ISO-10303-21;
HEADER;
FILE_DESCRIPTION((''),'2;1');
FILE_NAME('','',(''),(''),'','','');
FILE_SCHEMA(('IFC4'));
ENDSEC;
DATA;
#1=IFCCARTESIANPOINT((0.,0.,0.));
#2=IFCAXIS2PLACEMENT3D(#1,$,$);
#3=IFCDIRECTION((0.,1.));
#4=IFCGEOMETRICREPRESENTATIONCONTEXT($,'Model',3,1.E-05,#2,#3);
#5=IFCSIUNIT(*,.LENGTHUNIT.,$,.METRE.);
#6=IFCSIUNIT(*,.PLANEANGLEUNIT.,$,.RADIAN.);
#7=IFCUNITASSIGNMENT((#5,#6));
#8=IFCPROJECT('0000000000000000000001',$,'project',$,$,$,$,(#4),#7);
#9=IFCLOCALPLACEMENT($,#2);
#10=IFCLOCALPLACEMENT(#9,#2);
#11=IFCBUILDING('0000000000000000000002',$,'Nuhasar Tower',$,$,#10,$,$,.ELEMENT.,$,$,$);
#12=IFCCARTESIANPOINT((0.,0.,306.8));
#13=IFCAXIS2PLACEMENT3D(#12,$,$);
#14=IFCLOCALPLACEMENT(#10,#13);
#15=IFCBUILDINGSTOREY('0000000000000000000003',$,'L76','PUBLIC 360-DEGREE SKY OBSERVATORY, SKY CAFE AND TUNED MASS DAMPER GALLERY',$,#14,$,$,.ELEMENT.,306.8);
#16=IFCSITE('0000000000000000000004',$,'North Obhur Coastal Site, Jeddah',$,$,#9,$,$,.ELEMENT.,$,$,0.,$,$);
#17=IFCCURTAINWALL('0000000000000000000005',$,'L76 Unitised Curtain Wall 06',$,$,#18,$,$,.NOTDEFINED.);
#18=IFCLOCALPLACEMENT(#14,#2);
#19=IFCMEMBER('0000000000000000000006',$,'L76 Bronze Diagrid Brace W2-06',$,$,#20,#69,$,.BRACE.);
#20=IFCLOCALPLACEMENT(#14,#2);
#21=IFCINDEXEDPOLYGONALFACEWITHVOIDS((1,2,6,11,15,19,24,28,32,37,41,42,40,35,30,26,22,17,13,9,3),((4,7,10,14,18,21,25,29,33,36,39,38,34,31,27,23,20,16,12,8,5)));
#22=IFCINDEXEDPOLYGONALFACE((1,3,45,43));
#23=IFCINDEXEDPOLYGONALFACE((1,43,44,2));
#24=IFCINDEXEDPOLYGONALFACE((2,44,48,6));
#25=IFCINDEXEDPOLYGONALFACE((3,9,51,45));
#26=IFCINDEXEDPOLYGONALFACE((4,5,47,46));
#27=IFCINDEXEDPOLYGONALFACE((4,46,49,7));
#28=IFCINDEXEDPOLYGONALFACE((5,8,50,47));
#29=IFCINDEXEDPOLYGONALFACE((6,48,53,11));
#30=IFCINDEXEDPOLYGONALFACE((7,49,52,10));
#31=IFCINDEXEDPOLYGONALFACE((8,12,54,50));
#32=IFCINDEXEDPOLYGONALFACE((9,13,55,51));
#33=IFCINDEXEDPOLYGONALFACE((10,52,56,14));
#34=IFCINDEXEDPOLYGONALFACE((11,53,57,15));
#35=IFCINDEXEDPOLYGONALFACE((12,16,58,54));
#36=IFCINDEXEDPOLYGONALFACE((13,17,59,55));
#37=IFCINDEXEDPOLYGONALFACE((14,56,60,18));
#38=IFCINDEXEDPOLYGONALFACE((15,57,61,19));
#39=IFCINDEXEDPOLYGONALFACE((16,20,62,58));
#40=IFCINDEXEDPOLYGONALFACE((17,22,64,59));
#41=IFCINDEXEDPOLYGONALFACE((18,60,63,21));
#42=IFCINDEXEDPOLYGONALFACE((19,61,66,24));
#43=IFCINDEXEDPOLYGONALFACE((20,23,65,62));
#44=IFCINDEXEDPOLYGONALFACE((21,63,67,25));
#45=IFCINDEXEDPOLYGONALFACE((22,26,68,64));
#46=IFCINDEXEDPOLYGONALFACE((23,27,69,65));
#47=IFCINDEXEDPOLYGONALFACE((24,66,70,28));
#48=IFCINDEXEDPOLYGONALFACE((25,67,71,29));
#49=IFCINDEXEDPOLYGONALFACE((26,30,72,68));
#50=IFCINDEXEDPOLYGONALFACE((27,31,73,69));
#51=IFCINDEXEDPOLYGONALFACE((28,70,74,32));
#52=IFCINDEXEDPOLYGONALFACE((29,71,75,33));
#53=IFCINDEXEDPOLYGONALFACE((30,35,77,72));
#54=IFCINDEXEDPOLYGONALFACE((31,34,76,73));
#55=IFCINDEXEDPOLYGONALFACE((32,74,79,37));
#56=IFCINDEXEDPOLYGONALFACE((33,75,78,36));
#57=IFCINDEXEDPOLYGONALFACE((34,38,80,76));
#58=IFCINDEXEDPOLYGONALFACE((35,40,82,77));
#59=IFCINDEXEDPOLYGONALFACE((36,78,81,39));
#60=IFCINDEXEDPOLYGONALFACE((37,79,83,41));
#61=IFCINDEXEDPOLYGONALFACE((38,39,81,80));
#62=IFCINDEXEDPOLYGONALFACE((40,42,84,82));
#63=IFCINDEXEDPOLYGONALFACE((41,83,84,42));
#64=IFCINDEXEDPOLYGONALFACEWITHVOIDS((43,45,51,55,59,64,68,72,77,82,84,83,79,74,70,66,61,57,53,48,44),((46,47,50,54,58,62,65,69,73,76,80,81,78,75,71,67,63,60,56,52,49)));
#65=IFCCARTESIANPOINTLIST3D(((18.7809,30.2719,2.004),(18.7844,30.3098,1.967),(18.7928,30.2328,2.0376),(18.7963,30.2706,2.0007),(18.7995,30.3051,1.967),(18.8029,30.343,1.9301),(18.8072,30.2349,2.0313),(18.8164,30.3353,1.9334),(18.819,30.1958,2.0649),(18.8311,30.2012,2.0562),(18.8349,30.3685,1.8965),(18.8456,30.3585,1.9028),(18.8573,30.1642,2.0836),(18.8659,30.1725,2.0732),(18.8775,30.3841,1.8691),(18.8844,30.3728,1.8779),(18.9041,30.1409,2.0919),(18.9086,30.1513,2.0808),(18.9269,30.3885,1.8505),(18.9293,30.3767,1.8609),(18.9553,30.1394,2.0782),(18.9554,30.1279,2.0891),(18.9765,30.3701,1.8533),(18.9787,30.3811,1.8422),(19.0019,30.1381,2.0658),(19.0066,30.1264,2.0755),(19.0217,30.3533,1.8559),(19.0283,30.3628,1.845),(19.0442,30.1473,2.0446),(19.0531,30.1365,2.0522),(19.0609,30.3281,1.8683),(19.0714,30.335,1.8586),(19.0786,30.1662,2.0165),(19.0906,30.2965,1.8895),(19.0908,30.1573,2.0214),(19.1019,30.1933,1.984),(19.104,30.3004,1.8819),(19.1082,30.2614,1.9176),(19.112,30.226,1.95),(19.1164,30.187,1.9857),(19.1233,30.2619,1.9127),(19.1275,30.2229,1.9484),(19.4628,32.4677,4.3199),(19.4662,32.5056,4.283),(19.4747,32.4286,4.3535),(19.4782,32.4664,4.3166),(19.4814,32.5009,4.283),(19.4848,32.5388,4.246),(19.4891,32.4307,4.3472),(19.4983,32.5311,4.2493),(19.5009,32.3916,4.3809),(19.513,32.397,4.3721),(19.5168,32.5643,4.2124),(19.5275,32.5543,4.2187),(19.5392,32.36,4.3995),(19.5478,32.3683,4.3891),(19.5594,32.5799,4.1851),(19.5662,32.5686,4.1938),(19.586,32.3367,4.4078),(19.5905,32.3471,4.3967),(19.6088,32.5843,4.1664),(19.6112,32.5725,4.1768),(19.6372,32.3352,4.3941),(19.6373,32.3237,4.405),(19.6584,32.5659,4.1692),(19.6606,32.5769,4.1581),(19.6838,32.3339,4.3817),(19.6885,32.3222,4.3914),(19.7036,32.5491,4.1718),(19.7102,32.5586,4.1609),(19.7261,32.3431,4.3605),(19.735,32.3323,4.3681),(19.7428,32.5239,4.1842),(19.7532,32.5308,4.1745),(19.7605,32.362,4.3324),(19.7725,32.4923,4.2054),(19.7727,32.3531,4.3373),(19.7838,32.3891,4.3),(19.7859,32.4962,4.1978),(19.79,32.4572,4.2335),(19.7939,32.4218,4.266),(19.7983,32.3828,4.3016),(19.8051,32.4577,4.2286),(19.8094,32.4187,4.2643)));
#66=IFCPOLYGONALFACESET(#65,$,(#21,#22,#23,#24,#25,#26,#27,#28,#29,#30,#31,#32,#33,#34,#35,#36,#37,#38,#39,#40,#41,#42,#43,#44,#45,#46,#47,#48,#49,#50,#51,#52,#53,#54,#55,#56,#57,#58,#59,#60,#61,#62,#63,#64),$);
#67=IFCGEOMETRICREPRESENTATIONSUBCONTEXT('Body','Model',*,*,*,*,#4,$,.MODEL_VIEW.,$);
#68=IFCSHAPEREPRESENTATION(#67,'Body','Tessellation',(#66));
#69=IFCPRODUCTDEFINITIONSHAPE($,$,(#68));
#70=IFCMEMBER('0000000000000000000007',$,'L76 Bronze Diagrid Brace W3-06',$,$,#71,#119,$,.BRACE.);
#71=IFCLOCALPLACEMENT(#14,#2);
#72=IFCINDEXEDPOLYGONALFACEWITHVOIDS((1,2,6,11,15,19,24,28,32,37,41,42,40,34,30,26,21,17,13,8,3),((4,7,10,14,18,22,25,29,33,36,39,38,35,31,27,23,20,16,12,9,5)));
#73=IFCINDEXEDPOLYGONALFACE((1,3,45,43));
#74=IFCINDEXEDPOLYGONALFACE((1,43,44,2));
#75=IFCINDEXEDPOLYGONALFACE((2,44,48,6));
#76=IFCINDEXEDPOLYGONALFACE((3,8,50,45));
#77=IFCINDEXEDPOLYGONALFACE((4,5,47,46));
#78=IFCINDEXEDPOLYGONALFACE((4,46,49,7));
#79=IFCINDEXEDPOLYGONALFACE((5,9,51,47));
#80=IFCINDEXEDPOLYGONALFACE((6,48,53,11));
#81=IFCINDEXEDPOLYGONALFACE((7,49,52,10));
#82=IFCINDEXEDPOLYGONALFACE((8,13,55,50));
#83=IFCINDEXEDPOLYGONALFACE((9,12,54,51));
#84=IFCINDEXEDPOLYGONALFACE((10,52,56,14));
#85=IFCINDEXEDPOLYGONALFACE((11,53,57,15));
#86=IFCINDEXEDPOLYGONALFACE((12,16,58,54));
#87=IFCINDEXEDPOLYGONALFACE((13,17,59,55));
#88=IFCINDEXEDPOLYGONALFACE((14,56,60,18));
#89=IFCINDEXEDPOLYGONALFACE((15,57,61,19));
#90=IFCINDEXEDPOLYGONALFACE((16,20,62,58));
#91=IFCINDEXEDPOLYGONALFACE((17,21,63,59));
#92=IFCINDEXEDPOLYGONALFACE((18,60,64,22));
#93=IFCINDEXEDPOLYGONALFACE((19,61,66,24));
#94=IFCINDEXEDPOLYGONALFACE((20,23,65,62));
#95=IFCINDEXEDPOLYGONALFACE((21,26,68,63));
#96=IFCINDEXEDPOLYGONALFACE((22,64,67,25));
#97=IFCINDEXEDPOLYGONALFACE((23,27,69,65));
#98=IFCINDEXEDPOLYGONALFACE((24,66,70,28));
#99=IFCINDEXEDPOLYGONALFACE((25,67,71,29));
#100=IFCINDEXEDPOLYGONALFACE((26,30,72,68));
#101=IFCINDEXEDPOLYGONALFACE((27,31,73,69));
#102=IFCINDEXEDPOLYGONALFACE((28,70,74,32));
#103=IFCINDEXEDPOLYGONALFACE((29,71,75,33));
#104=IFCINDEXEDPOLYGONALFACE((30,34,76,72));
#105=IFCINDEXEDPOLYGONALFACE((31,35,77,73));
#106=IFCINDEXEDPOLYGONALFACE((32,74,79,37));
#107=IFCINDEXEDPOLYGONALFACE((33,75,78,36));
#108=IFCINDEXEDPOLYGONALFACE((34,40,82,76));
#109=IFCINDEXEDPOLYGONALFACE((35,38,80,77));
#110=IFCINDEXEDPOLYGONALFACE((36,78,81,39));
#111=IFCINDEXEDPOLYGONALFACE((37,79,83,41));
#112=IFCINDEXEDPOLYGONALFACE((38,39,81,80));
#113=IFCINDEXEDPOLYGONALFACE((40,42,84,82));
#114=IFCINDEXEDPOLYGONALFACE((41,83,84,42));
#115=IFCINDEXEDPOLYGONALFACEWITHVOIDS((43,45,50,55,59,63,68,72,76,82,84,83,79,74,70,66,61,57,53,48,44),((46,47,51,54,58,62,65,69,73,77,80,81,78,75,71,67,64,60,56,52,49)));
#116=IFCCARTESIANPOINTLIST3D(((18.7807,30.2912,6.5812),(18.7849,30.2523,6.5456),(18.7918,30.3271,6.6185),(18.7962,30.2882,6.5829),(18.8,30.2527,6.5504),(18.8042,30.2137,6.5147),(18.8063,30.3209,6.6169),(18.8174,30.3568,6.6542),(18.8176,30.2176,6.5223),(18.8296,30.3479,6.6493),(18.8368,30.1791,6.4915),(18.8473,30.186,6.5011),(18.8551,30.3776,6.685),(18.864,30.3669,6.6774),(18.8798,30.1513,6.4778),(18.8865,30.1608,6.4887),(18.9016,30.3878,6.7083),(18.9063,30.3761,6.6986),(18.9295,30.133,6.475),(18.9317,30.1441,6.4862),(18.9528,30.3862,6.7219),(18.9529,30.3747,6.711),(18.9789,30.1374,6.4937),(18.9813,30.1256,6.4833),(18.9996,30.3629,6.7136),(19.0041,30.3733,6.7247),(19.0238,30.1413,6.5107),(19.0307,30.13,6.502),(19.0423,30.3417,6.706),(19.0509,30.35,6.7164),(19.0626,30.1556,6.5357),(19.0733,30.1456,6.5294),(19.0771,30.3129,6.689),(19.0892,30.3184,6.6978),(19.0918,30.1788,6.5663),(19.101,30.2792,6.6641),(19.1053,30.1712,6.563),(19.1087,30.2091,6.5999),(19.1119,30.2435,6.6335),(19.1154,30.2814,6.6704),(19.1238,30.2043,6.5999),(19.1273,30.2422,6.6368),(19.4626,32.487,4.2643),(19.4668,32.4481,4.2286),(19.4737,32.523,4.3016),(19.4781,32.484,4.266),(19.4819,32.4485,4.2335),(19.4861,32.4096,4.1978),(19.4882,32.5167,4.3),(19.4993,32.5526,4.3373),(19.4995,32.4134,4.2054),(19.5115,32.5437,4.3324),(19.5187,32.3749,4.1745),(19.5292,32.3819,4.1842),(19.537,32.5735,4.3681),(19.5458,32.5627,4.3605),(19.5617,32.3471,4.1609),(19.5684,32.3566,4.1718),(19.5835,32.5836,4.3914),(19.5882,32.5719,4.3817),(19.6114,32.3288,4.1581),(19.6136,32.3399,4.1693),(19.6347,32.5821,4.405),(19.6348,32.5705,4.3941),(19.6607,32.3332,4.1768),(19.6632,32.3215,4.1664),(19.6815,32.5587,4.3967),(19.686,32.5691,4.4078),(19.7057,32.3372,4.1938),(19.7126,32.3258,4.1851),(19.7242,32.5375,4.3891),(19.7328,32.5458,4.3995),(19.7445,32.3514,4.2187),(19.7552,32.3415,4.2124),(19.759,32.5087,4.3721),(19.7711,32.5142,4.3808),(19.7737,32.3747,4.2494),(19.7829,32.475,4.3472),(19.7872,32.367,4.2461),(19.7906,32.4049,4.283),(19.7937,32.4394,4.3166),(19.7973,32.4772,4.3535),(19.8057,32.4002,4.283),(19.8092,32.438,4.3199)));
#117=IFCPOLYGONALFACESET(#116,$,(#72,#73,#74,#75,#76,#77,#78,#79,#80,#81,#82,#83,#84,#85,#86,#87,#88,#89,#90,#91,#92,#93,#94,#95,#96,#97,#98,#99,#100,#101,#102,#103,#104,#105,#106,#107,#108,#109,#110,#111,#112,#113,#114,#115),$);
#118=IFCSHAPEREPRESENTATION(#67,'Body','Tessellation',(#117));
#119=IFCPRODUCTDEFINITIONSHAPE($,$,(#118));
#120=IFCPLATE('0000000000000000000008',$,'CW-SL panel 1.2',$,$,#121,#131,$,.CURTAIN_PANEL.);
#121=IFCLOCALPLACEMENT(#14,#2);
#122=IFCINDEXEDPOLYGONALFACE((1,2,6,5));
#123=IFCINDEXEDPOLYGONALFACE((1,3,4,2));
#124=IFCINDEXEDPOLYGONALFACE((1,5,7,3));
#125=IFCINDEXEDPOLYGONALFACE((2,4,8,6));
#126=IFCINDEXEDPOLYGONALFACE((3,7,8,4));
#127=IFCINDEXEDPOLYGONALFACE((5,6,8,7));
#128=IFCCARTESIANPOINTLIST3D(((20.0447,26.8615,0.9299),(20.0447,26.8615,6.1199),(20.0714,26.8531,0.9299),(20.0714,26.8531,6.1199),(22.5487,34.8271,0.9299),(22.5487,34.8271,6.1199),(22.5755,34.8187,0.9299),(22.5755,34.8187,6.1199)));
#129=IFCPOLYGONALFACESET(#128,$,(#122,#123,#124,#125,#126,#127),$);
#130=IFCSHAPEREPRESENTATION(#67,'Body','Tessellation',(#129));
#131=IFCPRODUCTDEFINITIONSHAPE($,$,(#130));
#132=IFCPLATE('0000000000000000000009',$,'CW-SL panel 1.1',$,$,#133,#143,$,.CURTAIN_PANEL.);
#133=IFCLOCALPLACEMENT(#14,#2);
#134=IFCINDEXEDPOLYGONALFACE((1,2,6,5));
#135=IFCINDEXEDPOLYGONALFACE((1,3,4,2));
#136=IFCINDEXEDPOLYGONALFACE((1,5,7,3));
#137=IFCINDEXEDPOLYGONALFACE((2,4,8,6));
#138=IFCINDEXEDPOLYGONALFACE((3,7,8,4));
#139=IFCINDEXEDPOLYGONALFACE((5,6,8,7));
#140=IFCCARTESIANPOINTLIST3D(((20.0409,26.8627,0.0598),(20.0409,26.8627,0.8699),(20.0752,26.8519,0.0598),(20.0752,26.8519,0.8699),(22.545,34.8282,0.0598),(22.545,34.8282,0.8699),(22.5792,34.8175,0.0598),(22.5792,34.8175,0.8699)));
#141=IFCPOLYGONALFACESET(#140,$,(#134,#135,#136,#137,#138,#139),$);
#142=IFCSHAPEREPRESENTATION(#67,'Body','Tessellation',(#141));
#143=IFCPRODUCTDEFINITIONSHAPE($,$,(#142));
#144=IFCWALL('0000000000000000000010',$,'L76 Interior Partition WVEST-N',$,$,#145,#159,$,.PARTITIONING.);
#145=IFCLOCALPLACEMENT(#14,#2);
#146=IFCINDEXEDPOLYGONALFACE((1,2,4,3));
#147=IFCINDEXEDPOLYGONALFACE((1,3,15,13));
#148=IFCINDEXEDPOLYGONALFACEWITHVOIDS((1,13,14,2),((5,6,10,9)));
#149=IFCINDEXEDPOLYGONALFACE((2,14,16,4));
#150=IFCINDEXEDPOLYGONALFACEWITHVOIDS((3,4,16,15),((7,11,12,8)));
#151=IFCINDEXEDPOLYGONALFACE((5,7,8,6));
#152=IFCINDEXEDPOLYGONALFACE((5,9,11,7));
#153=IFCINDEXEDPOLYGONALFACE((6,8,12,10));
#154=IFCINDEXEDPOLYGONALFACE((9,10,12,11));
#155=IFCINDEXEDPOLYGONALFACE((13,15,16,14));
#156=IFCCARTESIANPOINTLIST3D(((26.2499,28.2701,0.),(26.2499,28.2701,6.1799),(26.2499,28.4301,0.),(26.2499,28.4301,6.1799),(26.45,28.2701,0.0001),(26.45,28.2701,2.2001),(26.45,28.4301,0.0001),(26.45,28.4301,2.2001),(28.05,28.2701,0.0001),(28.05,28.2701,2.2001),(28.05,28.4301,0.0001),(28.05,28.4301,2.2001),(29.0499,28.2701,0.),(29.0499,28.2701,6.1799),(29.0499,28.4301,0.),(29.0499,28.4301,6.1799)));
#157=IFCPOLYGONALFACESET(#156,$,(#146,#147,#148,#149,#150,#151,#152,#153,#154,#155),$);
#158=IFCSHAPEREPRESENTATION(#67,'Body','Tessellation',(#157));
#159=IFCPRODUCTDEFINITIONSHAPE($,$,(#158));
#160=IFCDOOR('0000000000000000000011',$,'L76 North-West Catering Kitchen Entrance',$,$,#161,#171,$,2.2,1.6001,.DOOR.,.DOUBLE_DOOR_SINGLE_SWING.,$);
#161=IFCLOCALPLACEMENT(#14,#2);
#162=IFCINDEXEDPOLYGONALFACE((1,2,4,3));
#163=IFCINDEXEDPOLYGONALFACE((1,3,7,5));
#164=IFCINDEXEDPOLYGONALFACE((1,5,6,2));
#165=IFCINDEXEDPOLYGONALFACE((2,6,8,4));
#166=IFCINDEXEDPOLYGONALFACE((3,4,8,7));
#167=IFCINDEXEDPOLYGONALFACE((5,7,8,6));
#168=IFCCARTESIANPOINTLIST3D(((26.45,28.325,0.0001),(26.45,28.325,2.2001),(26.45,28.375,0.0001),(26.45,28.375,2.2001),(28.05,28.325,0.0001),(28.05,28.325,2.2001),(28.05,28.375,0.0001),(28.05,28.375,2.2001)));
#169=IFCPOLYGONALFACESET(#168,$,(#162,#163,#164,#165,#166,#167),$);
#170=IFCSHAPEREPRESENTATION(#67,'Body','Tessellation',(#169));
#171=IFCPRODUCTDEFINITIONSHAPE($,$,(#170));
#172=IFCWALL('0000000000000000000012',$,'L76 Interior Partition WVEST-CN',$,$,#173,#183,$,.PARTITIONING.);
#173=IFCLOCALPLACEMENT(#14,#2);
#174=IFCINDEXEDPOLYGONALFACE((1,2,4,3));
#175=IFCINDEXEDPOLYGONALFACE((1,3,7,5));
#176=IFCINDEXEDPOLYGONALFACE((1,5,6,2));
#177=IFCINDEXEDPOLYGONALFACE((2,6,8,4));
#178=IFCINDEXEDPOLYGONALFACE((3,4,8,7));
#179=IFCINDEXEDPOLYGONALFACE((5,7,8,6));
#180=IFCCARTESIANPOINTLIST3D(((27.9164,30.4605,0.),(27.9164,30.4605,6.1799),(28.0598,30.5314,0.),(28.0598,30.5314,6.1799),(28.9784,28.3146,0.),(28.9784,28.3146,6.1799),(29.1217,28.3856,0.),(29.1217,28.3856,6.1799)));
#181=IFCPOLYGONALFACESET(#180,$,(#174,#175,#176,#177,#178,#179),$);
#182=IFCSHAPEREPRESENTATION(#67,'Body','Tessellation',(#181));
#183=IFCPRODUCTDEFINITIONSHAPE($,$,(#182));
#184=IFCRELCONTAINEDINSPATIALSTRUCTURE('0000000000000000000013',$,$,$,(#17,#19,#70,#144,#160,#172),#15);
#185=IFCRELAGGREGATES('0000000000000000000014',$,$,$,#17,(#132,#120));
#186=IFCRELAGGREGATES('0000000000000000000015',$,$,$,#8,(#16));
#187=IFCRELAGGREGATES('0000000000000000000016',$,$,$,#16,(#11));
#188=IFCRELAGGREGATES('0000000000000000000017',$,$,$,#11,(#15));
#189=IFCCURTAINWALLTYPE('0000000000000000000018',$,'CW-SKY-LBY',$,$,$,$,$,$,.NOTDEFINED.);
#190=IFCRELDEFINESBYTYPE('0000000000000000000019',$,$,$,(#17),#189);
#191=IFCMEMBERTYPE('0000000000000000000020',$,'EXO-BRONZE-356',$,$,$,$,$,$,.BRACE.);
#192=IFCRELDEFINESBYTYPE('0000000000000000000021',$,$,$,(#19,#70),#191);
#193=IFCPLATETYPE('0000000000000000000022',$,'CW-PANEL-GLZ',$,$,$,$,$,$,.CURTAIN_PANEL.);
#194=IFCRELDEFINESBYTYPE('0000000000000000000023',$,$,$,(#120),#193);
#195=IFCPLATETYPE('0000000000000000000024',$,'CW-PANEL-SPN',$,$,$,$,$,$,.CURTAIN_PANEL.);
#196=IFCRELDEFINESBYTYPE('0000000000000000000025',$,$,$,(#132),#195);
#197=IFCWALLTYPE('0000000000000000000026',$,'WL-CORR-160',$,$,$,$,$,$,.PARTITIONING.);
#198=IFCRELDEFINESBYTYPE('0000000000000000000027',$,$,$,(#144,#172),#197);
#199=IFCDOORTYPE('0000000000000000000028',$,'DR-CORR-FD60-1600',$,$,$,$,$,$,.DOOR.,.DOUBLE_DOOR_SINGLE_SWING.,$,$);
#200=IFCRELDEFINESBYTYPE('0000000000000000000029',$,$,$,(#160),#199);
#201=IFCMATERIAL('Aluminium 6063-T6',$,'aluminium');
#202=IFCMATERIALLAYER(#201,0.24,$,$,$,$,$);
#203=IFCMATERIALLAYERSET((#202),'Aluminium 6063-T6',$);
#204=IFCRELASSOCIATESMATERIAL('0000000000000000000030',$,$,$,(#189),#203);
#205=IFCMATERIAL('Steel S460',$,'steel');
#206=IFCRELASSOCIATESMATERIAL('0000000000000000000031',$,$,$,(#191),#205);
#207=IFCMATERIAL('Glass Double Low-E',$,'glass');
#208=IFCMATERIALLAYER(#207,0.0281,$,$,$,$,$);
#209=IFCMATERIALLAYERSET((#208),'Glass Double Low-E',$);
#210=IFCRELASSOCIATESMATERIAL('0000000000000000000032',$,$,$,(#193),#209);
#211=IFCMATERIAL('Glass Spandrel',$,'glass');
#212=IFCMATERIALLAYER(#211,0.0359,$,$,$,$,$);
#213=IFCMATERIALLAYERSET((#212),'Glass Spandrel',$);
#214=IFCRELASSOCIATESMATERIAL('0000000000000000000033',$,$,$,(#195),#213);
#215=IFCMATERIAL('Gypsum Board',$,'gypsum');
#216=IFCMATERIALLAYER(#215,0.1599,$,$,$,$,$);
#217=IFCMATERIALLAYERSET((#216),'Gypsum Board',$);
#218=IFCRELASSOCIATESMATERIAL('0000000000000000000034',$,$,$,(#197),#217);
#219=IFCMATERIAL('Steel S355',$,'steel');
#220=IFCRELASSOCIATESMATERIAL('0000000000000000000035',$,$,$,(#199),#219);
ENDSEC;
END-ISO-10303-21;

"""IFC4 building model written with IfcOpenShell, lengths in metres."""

from ifc_helpers import new_model, si_unit, direction, frame, frame_2d, origin, origin_2d, place, context, subcontext, project, spatial, rectangle, hollow_circle, extrude, material, layer, layer_set, material_profile, profile_set, type_object, element, fill, aggregate, save


model = new_model("IFC4")

# Units and contexts
model_context = context("Model", 3, precision=1e-05, world=origin(), true_north=direction((0.0, 1.0)))
body_context = subcontext(model_context, "Body", "Model", "MODEL_VIEW")
ifc_project = project(units=[si_unit("LENGTHUNIT", "METRE"), si_unit("PLANEANGLEUNIT", "RADIAN")], contexts=[model_context])

# Site, building, storey
site_placement = place(None, origin())
site = spatial("IfcSite", under=ifc_project, at=site_placement, Name="North Obhur Coastal Site, Jeddah", CompositionType="ELEMENT", RefElevation=0.0)
building_placement = place(site_placement, origin())
building = spatial("IfcBuilding", under=site, at=building_placement, Name="Nuhasar Tower", CompositionType="ELEMENT")
storey_placement = place(building_placement, frame((0.0, 0.0, 306.8)))
storey = spatial("IfcBuildingStorey", under=building, at=storey_placement, Name="L76", Description="PUBLIC 360-DEGREE SKY OBSERVATORY, SKY CAFE AND TUNED MASS DAMPER GALLERY", CompositionType="ELEMENT", Elevation=306.8)

# Shared definitions
ifc_material_1 = material(Name="Steel S460", Category="steel")

# Curtain wall
ifc_material_2 = material(Name="Aluminium 6063-T6", Category="aluminium")
ifc_layer_1 = layer(ifc_material_2, 0.24)
ifc_layer_set_1 = layer_set([ifc_layer_1], Name="Aluminium 6063-T6")
curtain_wall_type = type_object("IfcCurtainWallType", Name="CW-SKY-LBY", PredefinedType="NOTDEFINED", material=ifc_layer_set_1)
curtain_wall_1_placement = place(storey_placement, origin())
curtain_wall_1 = element("IfcCurtainWall", 1, at=curtain_wall_1_placement, inside=storey, type_object=curtain_wall_type, Name="L76 Unitised Curtain Wall 06", PredefinedType="NOTDEFINED")

# Members
ifc_material_profile_1 = material_profile(ifc_material_1, hollow_circle(Radius=0.1777, WallThickness=0.0159, at=origin_2d()), Name="HSS355.6X15.9")
ifc_profile_set_1 = profile_set([ifc_material_profile_1], Name="Steel S460")
member_type_1 = type_object("IfcMemberType", Name="EXO-BRONZE-356", PredefinedType="BRACE", material=ifc_profile_set_1)
member_1_placement = place(storey_placement, frame((18.9541, 30.2571, 1.967), z_axis=(0.208947, 0.67285, 0.709657), x_axis=(-0.955011, 0.29657, 0.0)))
element("IfcMember", 2, at=member_1_placement, inside=storey, type_object=member_type_1, Name="L76 Bronze Diagrid Brace W2-06", PredefinedType="BRACE", context=body_context, shape_type="SweptSolid", body=[
    extrude(hollow_circle(Radius=0.1777, WallThickness=0.0159, at=origin_2d()), origin(), (0.0, 0.0, 1.0), 3.2634),
])
member_2_placement = place(storey_placement, frame((19.636, 32.4529, 4.283), z_axis=(-0.208903, -0.672707, 0.709806), x_axis=(0.955011, -0.29657, 0.0)))
element("IfcMember", 3, at=member_2_placement, inside=storey, type_object=member_type_1, Name="L76 Bronze Diagrid Brace W3-06", PredefinedType="BRACE", context=body_context, shape_type="SweptSolid", body=[
    extrude(hollow_circle(Radius=0.1777, WallThickness=0.0159, at=origin_2d()), origin(), (0.0, 0.0, 1.0), 3.2642),
])

# Plates
ifc_material_3 = material(Name="Glass Double Low-E", Category="glass")
ifc_layer_2 = layer(ifc_material_3, 0.0281)
ifc_layer_set_2 = layer_set([ifc_layer_2], Name="Glass Double Low-E")
plate_type_1 = type_object("IfcPlateType", Name="CW-PANEL-GLZ", PredefinedType="CURTAIN_PANEL", material=ifc_layer_set_2)
plate_1_placement = place(storey_placement, frame((21.3101, 30.8401, 0.9299), z_axis=(0.0, 0.0, 1.0), x_axis=(-0.299888, -0.953974, 0.0)))
plate_1 = element("IfcPlate", 4, at=plate_1_placement, type_object=plate_type_1, Name="CW-SL panel 1.2", PredefinedType="CURTAIN_PANEL", context=body_context, shape_type="SweptSolid", body=[
    extrude(rectangle(XDim=8.3499, YDim=0.0281, at=origin_2d()), origin(), (0.0, 0.0, 1.0), 5.1899),
])
ifc_material_4 = material(Name="Glass Spandrel", Category="glass")
ifc_layer_3 = layer(ifc_material_4, 0.0359)
ifc_layer_set_3 = layer_set([ifc_layer_3], Name="Glass Spandrel")
plate_type_2 = type_object("IfcPlateType", Name="CW-PANEL-SPN", PredefinedType="CURTAIN_PANEL", material=ifc_layer_set_3)
plate_2_placement = place(storey_placement, frame((21.3101, 30.8401, 0.0598), z_axis=(0.0, 0.0, 1.0), x_axis=(-0.299888, -0.953974, 0.0)))
plate_2 = element("IfcPlate", 5, at=plate_2_placement, type_object=plate_type_2, Name="CW-SL panel 1.1", PredefinedType="CURTAIN_PANEL", context=body_context, shape_type="SweptSolid", body=[
    extrude(rectangle(XDim=8.3499, YDim=0.0359, at=origin_2d()), origin(), (0.0, 0.0, 1.0), 0.8101),
])
aggregate(curtain_wall_1, [plate_2, plate_1])

# Wall, opening, door
ifc_material_5 = material(Name="Gypsum Board", Category="gypsum")
ifc_layer_4 = layer(ifc_material_5, 0.1599)
ifc_layer_set_4 = layer_set([ifc_layer_4], Name="Gypsum Board")
wall_type_1 = type_object("IfcWallType", Name="WL-CORR-160", PredefinedType="PARTITIONING", material=ifc_layer_set_4)
wall_1_placement = place(storey_placement, frame((26.25, 28.3501, 0.0), z_axis=(0.0, 0.0, 1.0), x_axis=(1.0, 0.0, 0.0)))
wall_1 = element("IfcWall", 6, at=wall_1_placement, inside=storey, type_object=wall_type_1, Name="L76 Interior Partition WVEST-N", PredefinedType="PARTITIONING", context=body_context, shape_type="SweptSolid", body=[
    extrude(rectangle(XDim=2.8, YDim=0.1599, at=frame_2d((1.3999, 0.0))), origin(), (0.0, 0.0, 1.0), 6.1799),
])
opening_placement = place(wall_1_placement, frame((0.2, 0.0, 0.0)))
opening = element("IfcOpeningElement", 7, at=opening_placement, cuts=wall_1, PredefinedType="OPENING", context=body_context, shape_type="SweptSolid", body=[
    extrude(rectangle(XDim=1.6001, YDim=2.2, at=frame_2d((0.8, 1.1001))), frame((0.0, 0.0898, 0.0), z_axis=(0.0, -1.0, 0.0), x_axis=(1.0, 0.0, 0.0)), (0.0, 0.0, 1.0), 0.1799),
])
ifc_material_6 = material(Name="Steel S355", Category="steel")
door_type = type_object("IfcDoorType", Name="DR-CORR-FD60-1600", OperationType="DOUBLE_DOOR_SINGLE_SWING", PredefinedType="DOOR", material=ifc_material_6)
door_placement = place(opening_placement, origin())
door = element("IfcDoor", 8, at=door_placement, inside=storey, type_object=door_type, Name="L76 North-West Catering Kitchen Entrance", OperationType="DOUBLE_DOOR_SINGLE_SWING", OverallHeight=2.2, OverallWidth=1.6001, PredefinedType="DOOR", context=body_context, shape_type="SweptSolid", body=[
    extrude(rectangle(XDim=1.6001, YDim=2.2, at=frame_2d((0.8, 1.1001))), frame((0.0, 0.0249, 0.0), z_axis=(0.0, -1.0, 0.0), x_axis=(1.0, 0.0, 0.0)), (0.0, 0.0, 1.0), 0.05),
])
fill(opening, door)

# Wall
wall_2_placement = place(storey_placement, frame((27.988, 30.4961, 0.0), z_axis=(0.0, 0.0, 1.0), x_axis=(0.443539, -0.896255, 0.0)))
element("IfcWall", 9, at=wall_2_placement, inside=storey, type_object=wall_type_1, Name="L76 Interior Partition WVEST-CN", PredefinedType="PARTITIONING", context=body_context, shape_type="SweptSolid", body=[
    extrude(rectangle(XDim=2.3943, YDim=0.1599, at=frame_2d((1.1973, 0.0))), origin(), (0.0, 0.0, 1.0), 6.1799),
])

save(model, "model.ifc")
